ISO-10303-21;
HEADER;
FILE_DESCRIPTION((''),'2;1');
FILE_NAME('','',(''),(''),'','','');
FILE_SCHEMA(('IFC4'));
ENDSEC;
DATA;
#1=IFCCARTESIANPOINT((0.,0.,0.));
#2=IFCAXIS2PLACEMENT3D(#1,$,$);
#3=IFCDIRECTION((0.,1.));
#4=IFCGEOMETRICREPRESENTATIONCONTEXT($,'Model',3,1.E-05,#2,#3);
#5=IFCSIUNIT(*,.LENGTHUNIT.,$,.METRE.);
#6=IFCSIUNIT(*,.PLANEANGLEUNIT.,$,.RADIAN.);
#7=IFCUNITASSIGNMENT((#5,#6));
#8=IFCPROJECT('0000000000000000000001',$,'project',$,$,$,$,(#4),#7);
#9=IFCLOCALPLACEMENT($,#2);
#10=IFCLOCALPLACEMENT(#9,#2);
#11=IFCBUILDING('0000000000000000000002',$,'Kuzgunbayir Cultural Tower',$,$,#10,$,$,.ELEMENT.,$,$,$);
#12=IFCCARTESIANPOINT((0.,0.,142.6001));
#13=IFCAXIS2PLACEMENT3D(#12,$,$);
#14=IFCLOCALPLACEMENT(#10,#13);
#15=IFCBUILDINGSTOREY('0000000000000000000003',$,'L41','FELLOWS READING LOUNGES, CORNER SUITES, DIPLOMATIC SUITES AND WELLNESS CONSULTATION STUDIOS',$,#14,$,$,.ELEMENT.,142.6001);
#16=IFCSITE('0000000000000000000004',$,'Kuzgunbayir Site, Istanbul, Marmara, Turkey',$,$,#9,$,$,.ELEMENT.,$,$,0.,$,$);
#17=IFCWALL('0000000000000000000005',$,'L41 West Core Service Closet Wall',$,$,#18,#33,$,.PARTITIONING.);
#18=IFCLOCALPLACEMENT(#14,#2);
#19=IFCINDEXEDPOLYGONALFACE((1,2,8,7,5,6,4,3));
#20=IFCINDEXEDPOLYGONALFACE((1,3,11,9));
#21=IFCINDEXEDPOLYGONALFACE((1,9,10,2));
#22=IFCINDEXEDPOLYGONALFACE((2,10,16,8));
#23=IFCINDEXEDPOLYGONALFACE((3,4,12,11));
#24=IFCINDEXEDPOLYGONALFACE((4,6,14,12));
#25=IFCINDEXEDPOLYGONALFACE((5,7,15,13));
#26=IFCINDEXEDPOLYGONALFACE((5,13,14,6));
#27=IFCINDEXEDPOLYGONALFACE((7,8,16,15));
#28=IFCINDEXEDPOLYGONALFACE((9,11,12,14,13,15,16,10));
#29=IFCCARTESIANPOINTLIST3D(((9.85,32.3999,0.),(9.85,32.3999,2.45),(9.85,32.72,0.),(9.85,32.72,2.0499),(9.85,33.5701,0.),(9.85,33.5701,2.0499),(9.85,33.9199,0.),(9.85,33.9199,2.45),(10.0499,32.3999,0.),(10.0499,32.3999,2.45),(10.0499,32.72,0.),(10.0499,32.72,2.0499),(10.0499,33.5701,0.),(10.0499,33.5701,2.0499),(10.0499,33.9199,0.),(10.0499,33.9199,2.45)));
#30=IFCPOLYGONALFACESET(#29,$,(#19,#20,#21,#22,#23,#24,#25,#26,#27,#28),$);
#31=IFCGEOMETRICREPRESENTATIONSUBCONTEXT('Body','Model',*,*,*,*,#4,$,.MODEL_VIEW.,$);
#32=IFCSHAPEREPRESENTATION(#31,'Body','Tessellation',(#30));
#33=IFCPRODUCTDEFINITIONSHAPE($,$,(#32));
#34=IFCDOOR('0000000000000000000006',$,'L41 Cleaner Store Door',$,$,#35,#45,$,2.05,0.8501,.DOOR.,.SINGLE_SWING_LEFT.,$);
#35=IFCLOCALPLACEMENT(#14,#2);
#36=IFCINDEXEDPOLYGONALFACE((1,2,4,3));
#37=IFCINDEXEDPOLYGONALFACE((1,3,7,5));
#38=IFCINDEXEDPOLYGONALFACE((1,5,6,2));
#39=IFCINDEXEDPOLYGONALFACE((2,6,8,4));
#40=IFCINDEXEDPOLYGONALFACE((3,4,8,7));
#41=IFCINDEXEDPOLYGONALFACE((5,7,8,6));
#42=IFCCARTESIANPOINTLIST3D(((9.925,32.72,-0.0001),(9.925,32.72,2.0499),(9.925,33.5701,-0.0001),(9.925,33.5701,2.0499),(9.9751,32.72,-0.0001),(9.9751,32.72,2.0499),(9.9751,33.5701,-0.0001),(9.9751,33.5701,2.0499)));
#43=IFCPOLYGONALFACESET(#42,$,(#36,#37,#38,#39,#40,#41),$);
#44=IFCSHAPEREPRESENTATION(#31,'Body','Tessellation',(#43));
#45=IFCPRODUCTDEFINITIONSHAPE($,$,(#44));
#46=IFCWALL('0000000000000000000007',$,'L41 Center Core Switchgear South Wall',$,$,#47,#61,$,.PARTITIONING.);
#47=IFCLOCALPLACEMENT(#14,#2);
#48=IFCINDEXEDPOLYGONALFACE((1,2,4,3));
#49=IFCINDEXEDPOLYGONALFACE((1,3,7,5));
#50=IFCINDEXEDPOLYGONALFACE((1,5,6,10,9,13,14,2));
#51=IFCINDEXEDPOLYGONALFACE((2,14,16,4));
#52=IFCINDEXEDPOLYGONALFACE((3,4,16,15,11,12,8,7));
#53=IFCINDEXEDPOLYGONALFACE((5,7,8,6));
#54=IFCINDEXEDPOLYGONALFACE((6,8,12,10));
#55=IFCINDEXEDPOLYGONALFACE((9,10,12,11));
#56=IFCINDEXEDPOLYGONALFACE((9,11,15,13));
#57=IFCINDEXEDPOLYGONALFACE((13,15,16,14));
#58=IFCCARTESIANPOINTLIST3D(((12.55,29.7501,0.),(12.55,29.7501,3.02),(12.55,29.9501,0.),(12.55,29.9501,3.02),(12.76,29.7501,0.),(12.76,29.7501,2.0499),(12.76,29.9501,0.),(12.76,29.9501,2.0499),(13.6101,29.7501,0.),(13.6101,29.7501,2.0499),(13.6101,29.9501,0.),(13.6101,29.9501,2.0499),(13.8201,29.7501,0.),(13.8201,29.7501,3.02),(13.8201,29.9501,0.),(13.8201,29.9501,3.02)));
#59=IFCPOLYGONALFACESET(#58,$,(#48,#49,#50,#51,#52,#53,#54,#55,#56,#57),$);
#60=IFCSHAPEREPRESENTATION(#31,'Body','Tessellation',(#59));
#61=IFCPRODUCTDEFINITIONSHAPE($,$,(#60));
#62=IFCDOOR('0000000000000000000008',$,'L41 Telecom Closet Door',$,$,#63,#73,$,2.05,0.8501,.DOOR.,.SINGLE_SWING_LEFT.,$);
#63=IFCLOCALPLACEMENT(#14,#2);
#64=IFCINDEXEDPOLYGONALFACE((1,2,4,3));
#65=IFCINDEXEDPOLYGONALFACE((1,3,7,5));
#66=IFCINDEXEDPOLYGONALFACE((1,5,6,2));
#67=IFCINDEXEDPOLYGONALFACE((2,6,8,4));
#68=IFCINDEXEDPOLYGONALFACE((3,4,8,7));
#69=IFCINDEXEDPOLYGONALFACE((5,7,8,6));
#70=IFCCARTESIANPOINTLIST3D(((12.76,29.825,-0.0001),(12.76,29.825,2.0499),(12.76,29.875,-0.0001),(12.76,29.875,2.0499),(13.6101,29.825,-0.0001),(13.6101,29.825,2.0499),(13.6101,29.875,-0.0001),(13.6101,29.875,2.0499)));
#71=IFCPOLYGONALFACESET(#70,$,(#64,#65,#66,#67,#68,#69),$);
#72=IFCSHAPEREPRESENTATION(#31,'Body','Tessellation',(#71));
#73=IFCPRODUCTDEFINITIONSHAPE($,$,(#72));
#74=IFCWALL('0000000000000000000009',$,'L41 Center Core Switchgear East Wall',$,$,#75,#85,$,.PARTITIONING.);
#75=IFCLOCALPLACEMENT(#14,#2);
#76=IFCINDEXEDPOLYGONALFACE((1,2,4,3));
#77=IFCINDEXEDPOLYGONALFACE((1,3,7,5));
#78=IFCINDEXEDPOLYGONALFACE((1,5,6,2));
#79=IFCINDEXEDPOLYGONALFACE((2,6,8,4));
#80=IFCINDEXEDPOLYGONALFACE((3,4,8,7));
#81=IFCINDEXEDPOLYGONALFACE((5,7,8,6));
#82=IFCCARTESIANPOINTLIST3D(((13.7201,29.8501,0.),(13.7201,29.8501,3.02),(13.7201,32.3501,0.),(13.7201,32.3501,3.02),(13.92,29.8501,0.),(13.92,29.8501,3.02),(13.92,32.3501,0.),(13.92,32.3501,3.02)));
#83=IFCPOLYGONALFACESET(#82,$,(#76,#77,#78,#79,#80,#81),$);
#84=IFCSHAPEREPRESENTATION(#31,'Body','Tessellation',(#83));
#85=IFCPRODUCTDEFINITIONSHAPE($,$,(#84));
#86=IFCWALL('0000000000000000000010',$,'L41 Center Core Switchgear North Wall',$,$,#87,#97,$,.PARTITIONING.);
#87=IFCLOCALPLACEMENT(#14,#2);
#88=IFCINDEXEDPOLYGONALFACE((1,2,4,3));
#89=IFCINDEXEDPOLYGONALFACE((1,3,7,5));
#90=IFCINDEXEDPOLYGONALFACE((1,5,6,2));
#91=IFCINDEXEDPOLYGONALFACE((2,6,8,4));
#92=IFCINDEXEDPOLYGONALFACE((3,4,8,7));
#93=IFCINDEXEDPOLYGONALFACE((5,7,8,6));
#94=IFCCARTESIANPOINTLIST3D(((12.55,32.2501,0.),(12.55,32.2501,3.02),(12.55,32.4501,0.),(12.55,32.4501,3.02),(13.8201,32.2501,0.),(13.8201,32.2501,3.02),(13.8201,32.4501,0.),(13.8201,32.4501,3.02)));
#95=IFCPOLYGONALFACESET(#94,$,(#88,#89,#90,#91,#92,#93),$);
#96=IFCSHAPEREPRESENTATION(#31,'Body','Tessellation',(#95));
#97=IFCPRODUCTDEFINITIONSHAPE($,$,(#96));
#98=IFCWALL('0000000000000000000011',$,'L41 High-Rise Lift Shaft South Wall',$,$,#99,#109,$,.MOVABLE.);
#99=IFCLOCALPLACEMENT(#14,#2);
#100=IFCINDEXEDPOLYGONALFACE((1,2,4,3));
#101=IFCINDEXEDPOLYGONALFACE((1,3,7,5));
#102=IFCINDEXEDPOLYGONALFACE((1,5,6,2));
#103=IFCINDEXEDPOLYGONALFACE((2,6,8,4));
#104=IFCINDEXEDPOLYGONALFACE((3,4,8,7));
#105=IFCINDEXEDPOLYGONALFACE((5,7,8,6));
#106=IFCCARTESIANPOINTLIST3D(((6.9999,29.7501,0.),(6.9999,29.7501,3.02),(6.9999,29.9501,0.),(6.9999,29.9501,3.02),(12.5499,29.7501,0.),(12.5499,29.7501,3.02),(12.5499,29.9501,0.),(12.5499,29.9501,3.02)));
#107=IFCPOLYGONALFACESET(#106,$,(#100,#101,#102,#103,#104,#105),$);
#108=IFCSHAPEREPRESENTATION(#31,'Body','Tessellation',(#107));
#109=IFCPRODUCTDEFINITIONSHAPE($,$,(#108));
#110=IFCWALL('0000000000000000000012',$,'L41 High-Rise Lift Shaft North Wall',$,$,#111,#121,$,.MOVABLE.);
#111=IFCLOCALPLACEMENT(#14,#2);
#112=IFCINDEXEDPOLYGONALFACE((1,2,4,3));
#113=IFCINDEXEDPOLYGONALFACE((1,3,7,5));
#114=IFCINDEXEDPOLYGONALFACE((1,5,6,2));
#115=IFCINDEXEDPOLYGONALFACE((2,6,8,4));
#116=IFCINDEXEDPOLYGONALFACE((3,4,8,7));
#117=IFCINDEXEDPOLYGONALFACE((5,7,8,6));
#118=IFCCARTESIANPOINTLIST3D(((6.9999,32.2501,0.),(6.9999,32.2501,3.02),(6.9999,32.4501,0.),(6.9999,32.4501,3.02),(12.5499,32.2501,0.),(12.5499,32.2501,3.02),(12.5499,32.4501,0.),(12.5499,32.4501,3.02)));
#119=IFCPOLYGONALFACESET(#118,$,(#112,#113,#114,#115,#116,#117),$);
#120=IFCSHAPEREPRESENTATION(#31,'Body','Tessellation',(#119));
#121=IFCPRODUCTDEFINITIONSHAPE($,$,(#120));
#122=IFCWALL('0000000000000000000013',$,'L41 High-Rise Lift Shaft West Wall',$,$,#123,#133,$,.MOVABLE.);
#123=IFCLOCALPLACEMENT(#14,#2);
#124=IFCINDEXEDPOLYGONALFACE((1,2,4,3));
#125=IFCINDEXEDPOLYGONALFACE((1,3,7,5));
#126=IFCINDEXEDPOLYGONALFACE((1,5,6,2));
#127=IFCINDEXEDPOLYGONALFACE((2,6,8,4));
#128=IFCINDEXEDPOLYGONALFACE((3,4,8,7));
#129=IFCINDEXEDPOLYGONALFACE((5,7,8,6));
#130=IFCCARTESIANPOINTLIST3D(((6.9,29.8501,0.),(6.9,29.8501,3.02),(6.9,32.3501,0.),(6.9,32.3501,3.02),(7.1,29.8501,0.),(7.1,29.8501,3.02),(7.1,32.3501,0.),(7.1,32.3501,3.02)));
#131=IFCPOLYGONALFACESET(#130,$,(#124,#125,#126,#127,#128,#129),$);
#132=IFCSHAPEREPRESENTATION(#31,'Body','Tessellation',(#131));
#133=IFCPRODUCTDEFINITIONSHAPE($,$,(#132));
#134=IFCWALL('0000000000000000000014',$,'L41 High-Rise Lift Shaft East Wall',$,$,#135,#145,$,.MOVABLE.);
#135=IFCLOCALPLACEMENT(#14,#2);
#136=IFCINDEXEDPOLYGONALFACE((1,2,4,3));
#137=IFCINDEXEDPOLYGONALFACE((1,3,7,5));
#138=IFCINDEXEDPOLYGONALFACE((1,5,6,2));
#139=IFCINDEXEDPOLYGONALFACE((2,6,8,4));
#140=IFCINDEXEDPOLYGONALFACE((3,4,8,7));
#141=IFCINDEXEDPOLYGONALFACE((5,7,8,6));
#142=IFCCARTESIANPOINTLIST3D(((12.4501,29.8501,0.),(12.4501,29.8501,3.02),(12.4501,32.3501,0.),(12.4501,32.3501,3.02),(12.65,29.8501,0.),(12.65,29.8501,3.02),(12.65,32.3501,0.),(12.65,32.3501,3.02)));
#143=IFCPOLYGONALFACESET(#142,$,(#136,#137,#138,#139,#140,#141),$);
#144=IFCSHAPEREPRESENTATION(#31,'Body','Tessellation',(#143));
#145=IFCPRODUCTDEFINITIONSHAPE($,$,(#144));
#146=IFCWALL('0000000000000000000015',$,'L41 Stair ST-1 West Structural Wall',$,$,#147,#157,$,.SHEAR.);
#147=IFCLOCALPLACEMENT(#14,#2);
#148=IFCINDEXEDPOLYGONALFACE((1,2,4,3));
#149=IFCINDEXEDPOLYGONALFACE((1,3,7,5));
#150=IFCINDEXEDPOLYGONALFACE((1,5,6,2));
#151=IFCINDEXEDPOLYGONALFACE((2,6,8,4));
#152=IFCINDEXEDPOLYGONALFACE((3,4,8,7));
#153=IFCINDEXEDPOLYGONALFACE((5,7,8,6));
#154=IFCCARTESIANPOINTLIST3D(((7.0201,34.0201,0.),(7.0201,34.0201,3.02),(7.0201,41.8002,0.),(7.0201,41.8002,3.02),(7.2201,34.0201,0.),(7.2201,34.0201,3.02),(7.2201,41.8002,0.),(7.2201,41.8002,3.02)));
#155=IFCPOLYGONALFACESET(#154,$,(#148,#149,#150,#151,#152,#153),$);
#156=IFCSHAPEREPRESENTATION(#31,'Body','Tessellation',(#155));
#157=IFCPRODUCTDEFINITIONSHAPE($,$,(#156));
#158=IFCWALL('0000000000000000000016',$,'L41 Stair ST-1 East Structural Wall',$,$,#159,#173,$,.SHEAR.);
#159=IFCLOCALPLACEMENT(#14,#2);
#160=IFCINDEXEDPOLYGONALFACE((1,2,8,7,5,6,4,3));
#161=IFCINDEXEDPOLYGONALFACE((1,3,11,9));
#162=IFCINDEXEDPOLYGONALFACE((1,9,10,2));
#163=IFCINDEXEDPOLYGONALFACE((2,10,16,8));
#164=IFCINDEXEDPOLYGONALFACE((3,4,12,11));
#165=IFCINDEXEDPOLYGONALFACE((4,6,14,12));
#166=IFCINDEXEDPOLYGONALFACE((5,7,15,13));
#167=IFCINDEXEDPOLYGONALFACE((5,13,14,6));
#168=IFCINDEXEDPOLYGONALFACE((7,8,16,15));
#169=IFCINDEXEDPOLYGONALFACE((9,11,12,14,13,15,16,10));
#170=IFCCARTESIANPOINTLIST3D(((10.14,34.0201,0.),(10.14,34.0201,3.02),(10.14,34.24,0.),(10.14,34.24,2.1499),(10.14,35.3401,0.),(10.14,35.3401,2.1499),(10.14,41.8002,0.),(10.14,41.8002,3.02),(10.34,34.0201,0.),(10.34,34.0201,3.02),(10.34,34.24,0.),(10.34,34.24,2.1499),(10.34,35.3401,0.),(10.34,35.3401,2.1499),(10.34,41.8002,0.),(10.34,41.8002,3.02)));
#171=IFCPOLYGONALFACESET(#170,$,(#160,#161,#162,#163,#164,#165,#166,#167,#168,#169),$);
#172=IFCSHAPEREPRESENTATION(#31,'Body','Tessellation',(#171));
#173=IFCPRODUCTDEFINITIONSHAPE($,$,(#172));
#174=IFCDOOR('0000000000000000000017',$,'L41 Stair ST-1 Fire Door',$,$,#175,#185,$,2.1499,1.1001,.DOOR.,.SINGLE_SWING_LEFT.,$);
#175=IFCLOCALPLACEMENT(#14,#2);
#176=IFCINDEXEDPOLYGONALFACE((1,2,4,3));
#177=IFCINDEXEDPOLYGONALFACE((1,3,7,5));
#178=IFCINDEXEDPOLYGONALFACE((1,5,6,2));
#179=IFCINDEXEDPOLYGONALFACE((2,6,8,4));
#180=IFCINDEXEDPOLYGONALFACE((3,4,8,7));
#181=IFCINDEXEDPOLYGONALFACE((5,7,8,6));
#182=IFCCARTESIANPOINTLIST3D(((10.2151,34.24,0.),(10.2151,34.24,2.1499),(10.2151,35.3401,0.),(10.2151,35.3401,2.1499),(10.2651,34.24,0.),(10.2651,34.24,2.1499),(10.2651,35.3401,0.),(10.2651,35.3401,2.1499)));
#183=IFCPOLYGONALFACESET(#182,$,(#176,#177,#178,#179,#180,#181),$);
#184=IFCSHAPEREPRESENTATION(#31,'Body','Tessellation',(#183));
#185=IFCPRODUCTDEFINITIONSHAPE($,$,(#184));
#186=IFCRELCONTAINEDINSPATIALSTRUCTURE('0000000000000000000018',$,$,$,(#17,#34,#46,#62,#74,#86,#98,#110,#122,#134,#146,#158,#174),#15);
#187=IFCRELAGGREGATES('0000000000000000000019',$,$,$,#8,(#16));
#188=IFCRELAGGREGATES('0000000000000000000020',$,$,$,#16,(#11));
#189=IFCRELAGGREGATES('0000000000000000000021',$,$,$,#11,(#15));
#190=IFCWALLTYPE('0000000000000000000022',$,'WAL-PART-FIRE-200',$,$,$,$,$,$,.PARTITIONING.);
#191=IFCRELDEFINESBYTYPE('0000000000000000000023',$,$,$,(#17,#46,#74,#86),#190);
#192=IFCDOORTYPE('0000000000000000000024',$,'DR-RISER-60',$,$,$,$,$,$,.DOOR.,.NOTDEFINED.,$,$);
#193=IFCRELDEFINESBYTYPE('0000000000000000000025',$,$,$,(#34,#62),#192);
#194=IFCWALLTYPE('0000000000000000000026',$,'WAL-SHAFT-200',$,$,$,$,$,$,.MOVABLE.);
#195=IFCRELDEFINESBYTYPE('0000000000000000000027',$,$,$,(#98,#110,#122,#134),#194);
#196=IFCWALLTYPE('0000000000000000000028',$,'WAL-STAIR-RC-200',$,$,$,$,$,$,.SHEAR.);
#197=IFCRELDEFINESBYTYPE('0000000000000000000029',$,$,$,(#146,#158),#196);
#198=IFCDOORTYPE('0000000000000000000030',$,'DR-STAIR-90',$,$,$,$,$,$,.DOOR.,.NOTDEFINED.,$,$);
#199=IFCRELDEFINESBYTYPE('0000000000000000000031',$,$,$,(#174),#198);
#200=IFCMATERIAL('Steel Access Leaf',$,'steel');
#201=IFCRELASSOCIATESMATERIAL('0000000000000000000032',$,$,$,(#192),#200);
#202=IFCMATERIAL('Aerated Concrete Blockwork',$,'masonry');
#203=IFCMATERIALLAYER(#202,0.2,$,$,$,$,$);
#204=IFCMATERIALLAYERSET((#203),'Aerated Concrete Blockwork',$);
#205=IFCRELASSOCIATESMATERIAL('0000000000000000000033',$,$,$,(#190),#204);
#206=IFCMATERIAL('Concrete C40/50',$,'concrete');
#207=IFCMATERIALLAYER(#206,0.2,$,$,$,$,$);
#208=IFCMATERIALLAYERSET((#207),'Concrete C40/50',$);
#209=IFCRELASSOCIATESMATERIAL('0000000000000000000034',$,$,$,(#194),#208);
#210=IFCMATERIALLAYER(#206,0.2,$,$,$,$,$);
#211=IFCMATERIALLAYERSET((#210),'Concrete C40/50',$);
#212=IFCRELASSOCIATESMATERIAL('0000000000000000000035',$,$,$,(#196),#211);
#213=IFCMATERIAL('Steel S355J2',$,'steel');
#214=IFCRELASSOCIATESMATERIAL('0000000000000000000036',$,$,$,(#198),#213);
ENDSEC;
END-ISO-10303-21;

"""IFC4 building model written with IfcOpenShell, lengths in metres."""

from ifc_helpers import new_model, si_unit, direction, frame, frame_2d, origin, place, context, subcontext, project, spatial, rectangle, extrude, material, layer, layer_set, type_object, element, fill, save


model = new_model("IFC4")

# Units and contexts
model_context = context("Model", 3, precision=1e-05, world=origin(), true_north=direction((0.0, 1.0)))
body_context = subcontext(model_context, "Body", "Model", "MODEL_VIEW")
ifc_project = project(units=[si_unit("LENGTHUNIT", "METRE"), si_unit("PLANEANGLEUNIT", "RADIAN")], contexts=[model_context])

# Site, building, storey
site_placement = place(None, origin())
site = spatial("IfcSite", under=ifc_project, at=site_placement, Name="Kuzgunbayir Site, Istanbul, Marmara, Turkey", CompositionType="ELEMENT", RefElevation=0.0)
building_placement = place(site_placement, origin())
building = spatial("IfcBuilding", under=site, at=building_placement, Name="Kuzgunbayir Cultural Tower", CompositionType="ELEMENT")
storey_placement = place(building_placement, frame((0.0, 0.0, 142.6001)))
storey = spatial("IfcBuildingStorey", under=building, at=storey_placement, Name="L41", Description="FELLOWS READING LOUNGES, CORNER SUITES, DIPLOMATIC SUITES AND WELLNESS CONSULTATION STUDIOS", CompositionType="ELEMENT", Elevation=142.6001)

# Shared definitions
ifc_material_1 = material(Name="Steel S355J2", Category="steel")

# Shared definitions
ifc_material_2 = material(Name="Steel Access Leaf", Category="steel")
door_type_1 = type_object("IfcDoorType", Name="DR-RISER-60", OperationType="NOTDEFINED", PredefinedType="DOOR", material=ifc_material_2)

# Shared definitions
ifc_material_3 = material(Name="Aerated Concrete Blockwork", Category="masonry")
ifc_layer_1 = layer(ifc_material_3, 0.2)
ifc_layer_set_1 = layer_set([ifc_layer_1], Name="Aerated Concrete Blockwork")
wall_type_1 = type_object("IfcWallType", Name="WAL-PART-FIRE-200", PredefinedType="PARTITIONING", material=ifc_layer_set_1)

# Walls, openings, doors
wall_1_placement = place(storey_placement, frame((9.95, 32.3999, 0.0), z_axis=(0.0, 0.0, 1.0), x_axis=(0.0, 1.0, 0.0)))
wall_1 = element("IfcWall", 1, at=wall_1_placement, inside=storey, type_object=wall_type_1, Name="L41 West Core Service Closet Wall", PredefinedType="PARTITIONING", context=body_context, shape_type="SweptSolid", body=[
    extrude(rectangle(XDim=1.52, YDim=0.2, at=frame_2d((0.76, 0.0))), origin(), (0.0, 0.0, 1.0), 2.45),
])
opening_1_placement = place(wall_1_placement, frame((0.3201, 0.0, 0.0)))
opening_1 = element("IfcOpeningElement", 2, at=opening_1_placement, cuts=wall_1, PredefinedType="OPENING", context=body_context, shape_type="SweptSolid", body=[
    extrude(rectangle(XDim=0.8501, YDim=2.05, at=frame_2d((0.425, 1.0249))), frame((0.0, 0.1099, 0.0), z_axis=(0.0, -1.0, 0.0), x_axis=(1.0, 0.0, 0.0)), (0.0, 0.0, 1.0), 0.22),
])
door_1_placement = place(opening_1_placement, origin())
door_1 = element("IfcDoor", 3, at=door_1_placement, inside=storey, type_object=door_type_1, Name="L41 Cleaner Store Door", OperationType="SINGLE_SWING_LEFT", OverallHeight=2.05, OverallWidth=0.8501, PredefinedType="DOOR", context=body_context, shape_type="SweptSolid", body=[
    extrude(rectangle(XDim=0.8501, YDim=2.05, at=frame_2d((0.425, 1.0249))), frame((0.0, 0.0249, 0.0), z_axis=(0.0, -1.0, 0.0), x_axis=(1.0, 0.0, 0.0)), (0.0, 0.0, 1.0), 0.05),
])
fill(opening_1, door_1)
wall_2_placement = place(storey_placement, frame((12.55, 29.8501, 0.0), z_axis=(0.0, 0.0, 1.0), x_axis=(1.0, 0.0, 0.0)))
wall_2 = element("IfcWall", 4, at=wall_2_placement, inside=storey, type_object=wall_type_1, Name="L41 Center Core Switchgear South Wall", PredefinedType="PARTITIONING", context=body_context, shape_type="SweptSolid", body=[
    extrude(rectangle(XDim=1.27, YDim=0.2, at=frame_2d((0.635, 0.0))), origin(), (0.0, 0.0, 1.0), 3.02),
])
opening_2_placement = place(wall_2_placement, frame((0.21, 0.0, 0.0)))
opening_2 = element("IfcOpeningElement", 5, at=opening_2_placement, cuts=wall_2, PredefinedType="OPENING", context=body_context, shape_type="SweptSolid", body=[
    extrude(rectangle(XDim=0.8501, YDim=2.05, at=frame_2d((0.425, 1.0249))), frame((0.0, 0.1099, 0.0), z_axis=(0.0, -1.0, 0.0), x_axis=(1.0, 0.0, 0.0)), (0.0, 0.0, 1.0), 0.22),
])
door_2_placement = place(opening_2_placement, origin())
door_2 = element("IfcDoor", 6, at=door_2_placement, inside=storey, type_object=door_type_1, Name="L41 Telecom Closet Door", OperationType="SINGLE_SWING_LEFT", OverallHeight=2.05, OverallWidth=0.8501, PredefinedType="DOOR", context=body_context, shape_type="SweptSolid", body=[
    extrude(rectangle(XDim=0.8501, YDim=2.05, at=frame_2d((0.425, 1.0249))), frame((0.0, 0.0249, 0.0), z_axis=(0.0, -1.0, 0.0), x_axis=(1.0, 0.0, 0.0)), (0.0, 0.0, 1.0), 0.05),
])
fill(opening_2, door_2)

# Walls
wall_3_placement = place(storey_placement, frame((13.8201, 29.8501, 0.0), z_axis=(0.0, 0.0, 1.0), x_axis=(0.0, 1.0, 0.0)))
element("IfcWall", 7, at=wall_3_placement, inside=storey, type_object=wall_type_1, Name="L41 Center Core Switchgear East Wall", PredefinedType="PARTITIONING", context=body_context, shape_type="SweptSolid", body=[
    extrude(rectangle(XDim=2.5, YDim=0.2, at=frame_2d((1.25, 0.0))), origin(), (0.0, 0.0, 1.0), 3.02),
])
wall_4_placement = place(storey_placement, frame((12.55, 32.3501, 0.0), z_axis=(0.0, 0.0, 1.0), x_axis=(1.0, 0.0, 0.0)))
element("IfcWall", 8, at=wall_4_placement, inside=storey, type_object=wall_type_1, Name="L41 Center Core Switchgear North Wall", PredefinedType="PARTITIONING", context=body_context, shape_type="SweptSolid", body=[
    extrude(rectangle(XDim=1.27, YDim=0.2, at=frame_2d((0.635, 0.0))), origin(), (0.0, 0.0, 1.0), 3.02),
])
ifc_material_4 = material(Name="Concrete C40/50", Category="concrete")
ifc_layer_2 = layer(ifc_material_4, 0.2)
ifc_layer_set_2 = layer_set([ifc_layer_2], Name="Concrete C40/50")
wall_type_2 = type_object("IfcWallType", Name="WAL-SHAFT-200", PredefinedType="MOVABLE", material=ifc_layer_set_2)
for number, where, z_axis, x_axis, name in (
    (9, (7.0, 29.8501, 0.0), (0.0, 0.0, 1.0), (1.0, 0.0, 0.0), "L41 High-Rise Lift Shaft South Wall"),
    (10, (7.0, 32.3501, 0.0), (0.0, 0.0, 1.0), (1.0, 0.0, 0.0), "L41 High-Rise Lift Shaft North Wall"),
):
    element("IfcWall", number, at=place(storey_placement, frame(where, z_axis=z_axis, x_axis=x_axis)), inside=storey, type_object=wall_type_2, Name=name, PredefinedType="MOVABLE", context=body_context, shape_type="SweptSolid", body=[
        extrude(rectangle(XDim=5.55, YDim=0.2, at=frame_2d((2.7749, 0.0))), origin(), (0.0, 0.0, 1.0), 3.02),
    ])
for number, where, z_axis, x_axis, name in (
    (11, (7.0, 29.8501, 0.0), (0.0, 0.0, 1.0), (0.0, 1.0, 0.0), "L41 High-Rise Lift Shaft West Wall"),
    (12, (12.55, 29.8501, 0.0), (0.0, 0.0, 1.0), (0.0, 1.0, 0.0), "L41 High-Rise Lift Shaft East Wall"),
):
    element("IfcWall", number, at=place(storey_placement, frame(where, z_axis=z_axis, x_axis=x_axis)), inside=storey, type_object=wall_type_2, Name=name, PredefinedType="MOVABLE", context=body_context, shape_type="SweptSolid", body=[
        extrude(rectangle(XDim=2.5, YDim=0.2, at=frame_2d((1.25, 0.0))), origin(), (0.0, 0.0, 1.0), 3.02),
    ])
ifc_layer_3 = layer(ifc_material_4, 0.2)
ifc_layer_set_3 = layer_set([ifc_layer_3], Name="Concrete C40/50")
wall_type_3 = type_object("IfcWallType", Name="WAL-STAIR-RC-200", PredefinedType="SHEAR", material=ifc_layer_set_3)
wall_5_placement = place(storey_placement, frame((7.1201, 34.02, 0.0), z_axis=(0.0, 0.0, 1.0), x_axis=(0.0, 1.0, 0.0)))
element("IfcWall", 13, at=wall_5_placement, inside=storey, type_object=wall_type_3, Name="L41 Stair ST-1 West Structural Wall", PredefinedType="SHEAR", context=body_context, shape_type="SweptSolid", body=[
    extrude(rectangle(XDim=7.78, YDim=0.2, at=frame_2d((3.8901, 0.0))), origin(), (0.0, 0.0, 1.0), 3.02),
])

# Wall, opening, door
wall_6_placement = place(storey_placement, frame((10.24, 34.02, 0.0), z_axis=(0.0, 0.0, 1.0), x_axis=(0.0, 1.0, 0.0)))
wall_6 = element("IfcWall", 14, at=wall_6_placement, inside=storey, type_object=wall_type_3, Name="L41 Stair ST-1 East Structural Wall", PredefinedType="SHEAR", context=body_context, shape_type="SweptSolid", body=[
    extrude(rectangle(XDim=7.78, YDim=0.2, at=frame_2d((3.8901, 0.0))), origin(), (0.0, 0.0, 1.0), 3.02),
])
opening_3_placement = place(wall_6_placement, frame((0.22, 0.0, 0.0)))
opening_3 = element("IfcOpeningElement", 15, at=opening_3_placement, cuts=wall_6, PredefinedType="OPENING", context=body_context, shape_type="SweptSolid", body=[
    extrude(rectangle(XDim=1.1001, YDim=2.1499, at=frame_2d((0.55, 1.075))), frame((0.0, 0.1099, 0.0), z_axis=(0.0, -1.0, 0.0), x_axis=(1.0, 0.0, 0.0)), (0.0, 0.0, 1.0), 0.22),
])
door_type_2 = type_object("IfcDoorType", Name="DR-STAIR-90", OperationType="NOTDEFINED", PredefinedType="DOOR", material=ifc_material_1)
door_3_placement = place(opening_3_placement, origin())
door_3 = element("IfcDoor", 16, at=door_3_placement, inside=storey, type_object=door_type_2, Name="L41 Stair ST-1 Fire Door", OperationType="SINGLE_SWING_LEFT", OverallHeight=2.1499, OverallWidth=1.1001, PredefinedType="DOOR", context=body_context, shape_type="SweptSolid", body=[
    extrude(rectangle(XDim=1.1001, YDim=2.1499, at=frame_2d((0.55, 1.075))), frame((0.0, 0.0249, 0.0), z_axis=(0.0, -1.0, 0.0), x_axis=(1.0, 0.0, 0.0)), (0.0, 0.0, 1.0), 0.05),
])
fill(opening_3, door_3)

save(model, "model.ifc")
